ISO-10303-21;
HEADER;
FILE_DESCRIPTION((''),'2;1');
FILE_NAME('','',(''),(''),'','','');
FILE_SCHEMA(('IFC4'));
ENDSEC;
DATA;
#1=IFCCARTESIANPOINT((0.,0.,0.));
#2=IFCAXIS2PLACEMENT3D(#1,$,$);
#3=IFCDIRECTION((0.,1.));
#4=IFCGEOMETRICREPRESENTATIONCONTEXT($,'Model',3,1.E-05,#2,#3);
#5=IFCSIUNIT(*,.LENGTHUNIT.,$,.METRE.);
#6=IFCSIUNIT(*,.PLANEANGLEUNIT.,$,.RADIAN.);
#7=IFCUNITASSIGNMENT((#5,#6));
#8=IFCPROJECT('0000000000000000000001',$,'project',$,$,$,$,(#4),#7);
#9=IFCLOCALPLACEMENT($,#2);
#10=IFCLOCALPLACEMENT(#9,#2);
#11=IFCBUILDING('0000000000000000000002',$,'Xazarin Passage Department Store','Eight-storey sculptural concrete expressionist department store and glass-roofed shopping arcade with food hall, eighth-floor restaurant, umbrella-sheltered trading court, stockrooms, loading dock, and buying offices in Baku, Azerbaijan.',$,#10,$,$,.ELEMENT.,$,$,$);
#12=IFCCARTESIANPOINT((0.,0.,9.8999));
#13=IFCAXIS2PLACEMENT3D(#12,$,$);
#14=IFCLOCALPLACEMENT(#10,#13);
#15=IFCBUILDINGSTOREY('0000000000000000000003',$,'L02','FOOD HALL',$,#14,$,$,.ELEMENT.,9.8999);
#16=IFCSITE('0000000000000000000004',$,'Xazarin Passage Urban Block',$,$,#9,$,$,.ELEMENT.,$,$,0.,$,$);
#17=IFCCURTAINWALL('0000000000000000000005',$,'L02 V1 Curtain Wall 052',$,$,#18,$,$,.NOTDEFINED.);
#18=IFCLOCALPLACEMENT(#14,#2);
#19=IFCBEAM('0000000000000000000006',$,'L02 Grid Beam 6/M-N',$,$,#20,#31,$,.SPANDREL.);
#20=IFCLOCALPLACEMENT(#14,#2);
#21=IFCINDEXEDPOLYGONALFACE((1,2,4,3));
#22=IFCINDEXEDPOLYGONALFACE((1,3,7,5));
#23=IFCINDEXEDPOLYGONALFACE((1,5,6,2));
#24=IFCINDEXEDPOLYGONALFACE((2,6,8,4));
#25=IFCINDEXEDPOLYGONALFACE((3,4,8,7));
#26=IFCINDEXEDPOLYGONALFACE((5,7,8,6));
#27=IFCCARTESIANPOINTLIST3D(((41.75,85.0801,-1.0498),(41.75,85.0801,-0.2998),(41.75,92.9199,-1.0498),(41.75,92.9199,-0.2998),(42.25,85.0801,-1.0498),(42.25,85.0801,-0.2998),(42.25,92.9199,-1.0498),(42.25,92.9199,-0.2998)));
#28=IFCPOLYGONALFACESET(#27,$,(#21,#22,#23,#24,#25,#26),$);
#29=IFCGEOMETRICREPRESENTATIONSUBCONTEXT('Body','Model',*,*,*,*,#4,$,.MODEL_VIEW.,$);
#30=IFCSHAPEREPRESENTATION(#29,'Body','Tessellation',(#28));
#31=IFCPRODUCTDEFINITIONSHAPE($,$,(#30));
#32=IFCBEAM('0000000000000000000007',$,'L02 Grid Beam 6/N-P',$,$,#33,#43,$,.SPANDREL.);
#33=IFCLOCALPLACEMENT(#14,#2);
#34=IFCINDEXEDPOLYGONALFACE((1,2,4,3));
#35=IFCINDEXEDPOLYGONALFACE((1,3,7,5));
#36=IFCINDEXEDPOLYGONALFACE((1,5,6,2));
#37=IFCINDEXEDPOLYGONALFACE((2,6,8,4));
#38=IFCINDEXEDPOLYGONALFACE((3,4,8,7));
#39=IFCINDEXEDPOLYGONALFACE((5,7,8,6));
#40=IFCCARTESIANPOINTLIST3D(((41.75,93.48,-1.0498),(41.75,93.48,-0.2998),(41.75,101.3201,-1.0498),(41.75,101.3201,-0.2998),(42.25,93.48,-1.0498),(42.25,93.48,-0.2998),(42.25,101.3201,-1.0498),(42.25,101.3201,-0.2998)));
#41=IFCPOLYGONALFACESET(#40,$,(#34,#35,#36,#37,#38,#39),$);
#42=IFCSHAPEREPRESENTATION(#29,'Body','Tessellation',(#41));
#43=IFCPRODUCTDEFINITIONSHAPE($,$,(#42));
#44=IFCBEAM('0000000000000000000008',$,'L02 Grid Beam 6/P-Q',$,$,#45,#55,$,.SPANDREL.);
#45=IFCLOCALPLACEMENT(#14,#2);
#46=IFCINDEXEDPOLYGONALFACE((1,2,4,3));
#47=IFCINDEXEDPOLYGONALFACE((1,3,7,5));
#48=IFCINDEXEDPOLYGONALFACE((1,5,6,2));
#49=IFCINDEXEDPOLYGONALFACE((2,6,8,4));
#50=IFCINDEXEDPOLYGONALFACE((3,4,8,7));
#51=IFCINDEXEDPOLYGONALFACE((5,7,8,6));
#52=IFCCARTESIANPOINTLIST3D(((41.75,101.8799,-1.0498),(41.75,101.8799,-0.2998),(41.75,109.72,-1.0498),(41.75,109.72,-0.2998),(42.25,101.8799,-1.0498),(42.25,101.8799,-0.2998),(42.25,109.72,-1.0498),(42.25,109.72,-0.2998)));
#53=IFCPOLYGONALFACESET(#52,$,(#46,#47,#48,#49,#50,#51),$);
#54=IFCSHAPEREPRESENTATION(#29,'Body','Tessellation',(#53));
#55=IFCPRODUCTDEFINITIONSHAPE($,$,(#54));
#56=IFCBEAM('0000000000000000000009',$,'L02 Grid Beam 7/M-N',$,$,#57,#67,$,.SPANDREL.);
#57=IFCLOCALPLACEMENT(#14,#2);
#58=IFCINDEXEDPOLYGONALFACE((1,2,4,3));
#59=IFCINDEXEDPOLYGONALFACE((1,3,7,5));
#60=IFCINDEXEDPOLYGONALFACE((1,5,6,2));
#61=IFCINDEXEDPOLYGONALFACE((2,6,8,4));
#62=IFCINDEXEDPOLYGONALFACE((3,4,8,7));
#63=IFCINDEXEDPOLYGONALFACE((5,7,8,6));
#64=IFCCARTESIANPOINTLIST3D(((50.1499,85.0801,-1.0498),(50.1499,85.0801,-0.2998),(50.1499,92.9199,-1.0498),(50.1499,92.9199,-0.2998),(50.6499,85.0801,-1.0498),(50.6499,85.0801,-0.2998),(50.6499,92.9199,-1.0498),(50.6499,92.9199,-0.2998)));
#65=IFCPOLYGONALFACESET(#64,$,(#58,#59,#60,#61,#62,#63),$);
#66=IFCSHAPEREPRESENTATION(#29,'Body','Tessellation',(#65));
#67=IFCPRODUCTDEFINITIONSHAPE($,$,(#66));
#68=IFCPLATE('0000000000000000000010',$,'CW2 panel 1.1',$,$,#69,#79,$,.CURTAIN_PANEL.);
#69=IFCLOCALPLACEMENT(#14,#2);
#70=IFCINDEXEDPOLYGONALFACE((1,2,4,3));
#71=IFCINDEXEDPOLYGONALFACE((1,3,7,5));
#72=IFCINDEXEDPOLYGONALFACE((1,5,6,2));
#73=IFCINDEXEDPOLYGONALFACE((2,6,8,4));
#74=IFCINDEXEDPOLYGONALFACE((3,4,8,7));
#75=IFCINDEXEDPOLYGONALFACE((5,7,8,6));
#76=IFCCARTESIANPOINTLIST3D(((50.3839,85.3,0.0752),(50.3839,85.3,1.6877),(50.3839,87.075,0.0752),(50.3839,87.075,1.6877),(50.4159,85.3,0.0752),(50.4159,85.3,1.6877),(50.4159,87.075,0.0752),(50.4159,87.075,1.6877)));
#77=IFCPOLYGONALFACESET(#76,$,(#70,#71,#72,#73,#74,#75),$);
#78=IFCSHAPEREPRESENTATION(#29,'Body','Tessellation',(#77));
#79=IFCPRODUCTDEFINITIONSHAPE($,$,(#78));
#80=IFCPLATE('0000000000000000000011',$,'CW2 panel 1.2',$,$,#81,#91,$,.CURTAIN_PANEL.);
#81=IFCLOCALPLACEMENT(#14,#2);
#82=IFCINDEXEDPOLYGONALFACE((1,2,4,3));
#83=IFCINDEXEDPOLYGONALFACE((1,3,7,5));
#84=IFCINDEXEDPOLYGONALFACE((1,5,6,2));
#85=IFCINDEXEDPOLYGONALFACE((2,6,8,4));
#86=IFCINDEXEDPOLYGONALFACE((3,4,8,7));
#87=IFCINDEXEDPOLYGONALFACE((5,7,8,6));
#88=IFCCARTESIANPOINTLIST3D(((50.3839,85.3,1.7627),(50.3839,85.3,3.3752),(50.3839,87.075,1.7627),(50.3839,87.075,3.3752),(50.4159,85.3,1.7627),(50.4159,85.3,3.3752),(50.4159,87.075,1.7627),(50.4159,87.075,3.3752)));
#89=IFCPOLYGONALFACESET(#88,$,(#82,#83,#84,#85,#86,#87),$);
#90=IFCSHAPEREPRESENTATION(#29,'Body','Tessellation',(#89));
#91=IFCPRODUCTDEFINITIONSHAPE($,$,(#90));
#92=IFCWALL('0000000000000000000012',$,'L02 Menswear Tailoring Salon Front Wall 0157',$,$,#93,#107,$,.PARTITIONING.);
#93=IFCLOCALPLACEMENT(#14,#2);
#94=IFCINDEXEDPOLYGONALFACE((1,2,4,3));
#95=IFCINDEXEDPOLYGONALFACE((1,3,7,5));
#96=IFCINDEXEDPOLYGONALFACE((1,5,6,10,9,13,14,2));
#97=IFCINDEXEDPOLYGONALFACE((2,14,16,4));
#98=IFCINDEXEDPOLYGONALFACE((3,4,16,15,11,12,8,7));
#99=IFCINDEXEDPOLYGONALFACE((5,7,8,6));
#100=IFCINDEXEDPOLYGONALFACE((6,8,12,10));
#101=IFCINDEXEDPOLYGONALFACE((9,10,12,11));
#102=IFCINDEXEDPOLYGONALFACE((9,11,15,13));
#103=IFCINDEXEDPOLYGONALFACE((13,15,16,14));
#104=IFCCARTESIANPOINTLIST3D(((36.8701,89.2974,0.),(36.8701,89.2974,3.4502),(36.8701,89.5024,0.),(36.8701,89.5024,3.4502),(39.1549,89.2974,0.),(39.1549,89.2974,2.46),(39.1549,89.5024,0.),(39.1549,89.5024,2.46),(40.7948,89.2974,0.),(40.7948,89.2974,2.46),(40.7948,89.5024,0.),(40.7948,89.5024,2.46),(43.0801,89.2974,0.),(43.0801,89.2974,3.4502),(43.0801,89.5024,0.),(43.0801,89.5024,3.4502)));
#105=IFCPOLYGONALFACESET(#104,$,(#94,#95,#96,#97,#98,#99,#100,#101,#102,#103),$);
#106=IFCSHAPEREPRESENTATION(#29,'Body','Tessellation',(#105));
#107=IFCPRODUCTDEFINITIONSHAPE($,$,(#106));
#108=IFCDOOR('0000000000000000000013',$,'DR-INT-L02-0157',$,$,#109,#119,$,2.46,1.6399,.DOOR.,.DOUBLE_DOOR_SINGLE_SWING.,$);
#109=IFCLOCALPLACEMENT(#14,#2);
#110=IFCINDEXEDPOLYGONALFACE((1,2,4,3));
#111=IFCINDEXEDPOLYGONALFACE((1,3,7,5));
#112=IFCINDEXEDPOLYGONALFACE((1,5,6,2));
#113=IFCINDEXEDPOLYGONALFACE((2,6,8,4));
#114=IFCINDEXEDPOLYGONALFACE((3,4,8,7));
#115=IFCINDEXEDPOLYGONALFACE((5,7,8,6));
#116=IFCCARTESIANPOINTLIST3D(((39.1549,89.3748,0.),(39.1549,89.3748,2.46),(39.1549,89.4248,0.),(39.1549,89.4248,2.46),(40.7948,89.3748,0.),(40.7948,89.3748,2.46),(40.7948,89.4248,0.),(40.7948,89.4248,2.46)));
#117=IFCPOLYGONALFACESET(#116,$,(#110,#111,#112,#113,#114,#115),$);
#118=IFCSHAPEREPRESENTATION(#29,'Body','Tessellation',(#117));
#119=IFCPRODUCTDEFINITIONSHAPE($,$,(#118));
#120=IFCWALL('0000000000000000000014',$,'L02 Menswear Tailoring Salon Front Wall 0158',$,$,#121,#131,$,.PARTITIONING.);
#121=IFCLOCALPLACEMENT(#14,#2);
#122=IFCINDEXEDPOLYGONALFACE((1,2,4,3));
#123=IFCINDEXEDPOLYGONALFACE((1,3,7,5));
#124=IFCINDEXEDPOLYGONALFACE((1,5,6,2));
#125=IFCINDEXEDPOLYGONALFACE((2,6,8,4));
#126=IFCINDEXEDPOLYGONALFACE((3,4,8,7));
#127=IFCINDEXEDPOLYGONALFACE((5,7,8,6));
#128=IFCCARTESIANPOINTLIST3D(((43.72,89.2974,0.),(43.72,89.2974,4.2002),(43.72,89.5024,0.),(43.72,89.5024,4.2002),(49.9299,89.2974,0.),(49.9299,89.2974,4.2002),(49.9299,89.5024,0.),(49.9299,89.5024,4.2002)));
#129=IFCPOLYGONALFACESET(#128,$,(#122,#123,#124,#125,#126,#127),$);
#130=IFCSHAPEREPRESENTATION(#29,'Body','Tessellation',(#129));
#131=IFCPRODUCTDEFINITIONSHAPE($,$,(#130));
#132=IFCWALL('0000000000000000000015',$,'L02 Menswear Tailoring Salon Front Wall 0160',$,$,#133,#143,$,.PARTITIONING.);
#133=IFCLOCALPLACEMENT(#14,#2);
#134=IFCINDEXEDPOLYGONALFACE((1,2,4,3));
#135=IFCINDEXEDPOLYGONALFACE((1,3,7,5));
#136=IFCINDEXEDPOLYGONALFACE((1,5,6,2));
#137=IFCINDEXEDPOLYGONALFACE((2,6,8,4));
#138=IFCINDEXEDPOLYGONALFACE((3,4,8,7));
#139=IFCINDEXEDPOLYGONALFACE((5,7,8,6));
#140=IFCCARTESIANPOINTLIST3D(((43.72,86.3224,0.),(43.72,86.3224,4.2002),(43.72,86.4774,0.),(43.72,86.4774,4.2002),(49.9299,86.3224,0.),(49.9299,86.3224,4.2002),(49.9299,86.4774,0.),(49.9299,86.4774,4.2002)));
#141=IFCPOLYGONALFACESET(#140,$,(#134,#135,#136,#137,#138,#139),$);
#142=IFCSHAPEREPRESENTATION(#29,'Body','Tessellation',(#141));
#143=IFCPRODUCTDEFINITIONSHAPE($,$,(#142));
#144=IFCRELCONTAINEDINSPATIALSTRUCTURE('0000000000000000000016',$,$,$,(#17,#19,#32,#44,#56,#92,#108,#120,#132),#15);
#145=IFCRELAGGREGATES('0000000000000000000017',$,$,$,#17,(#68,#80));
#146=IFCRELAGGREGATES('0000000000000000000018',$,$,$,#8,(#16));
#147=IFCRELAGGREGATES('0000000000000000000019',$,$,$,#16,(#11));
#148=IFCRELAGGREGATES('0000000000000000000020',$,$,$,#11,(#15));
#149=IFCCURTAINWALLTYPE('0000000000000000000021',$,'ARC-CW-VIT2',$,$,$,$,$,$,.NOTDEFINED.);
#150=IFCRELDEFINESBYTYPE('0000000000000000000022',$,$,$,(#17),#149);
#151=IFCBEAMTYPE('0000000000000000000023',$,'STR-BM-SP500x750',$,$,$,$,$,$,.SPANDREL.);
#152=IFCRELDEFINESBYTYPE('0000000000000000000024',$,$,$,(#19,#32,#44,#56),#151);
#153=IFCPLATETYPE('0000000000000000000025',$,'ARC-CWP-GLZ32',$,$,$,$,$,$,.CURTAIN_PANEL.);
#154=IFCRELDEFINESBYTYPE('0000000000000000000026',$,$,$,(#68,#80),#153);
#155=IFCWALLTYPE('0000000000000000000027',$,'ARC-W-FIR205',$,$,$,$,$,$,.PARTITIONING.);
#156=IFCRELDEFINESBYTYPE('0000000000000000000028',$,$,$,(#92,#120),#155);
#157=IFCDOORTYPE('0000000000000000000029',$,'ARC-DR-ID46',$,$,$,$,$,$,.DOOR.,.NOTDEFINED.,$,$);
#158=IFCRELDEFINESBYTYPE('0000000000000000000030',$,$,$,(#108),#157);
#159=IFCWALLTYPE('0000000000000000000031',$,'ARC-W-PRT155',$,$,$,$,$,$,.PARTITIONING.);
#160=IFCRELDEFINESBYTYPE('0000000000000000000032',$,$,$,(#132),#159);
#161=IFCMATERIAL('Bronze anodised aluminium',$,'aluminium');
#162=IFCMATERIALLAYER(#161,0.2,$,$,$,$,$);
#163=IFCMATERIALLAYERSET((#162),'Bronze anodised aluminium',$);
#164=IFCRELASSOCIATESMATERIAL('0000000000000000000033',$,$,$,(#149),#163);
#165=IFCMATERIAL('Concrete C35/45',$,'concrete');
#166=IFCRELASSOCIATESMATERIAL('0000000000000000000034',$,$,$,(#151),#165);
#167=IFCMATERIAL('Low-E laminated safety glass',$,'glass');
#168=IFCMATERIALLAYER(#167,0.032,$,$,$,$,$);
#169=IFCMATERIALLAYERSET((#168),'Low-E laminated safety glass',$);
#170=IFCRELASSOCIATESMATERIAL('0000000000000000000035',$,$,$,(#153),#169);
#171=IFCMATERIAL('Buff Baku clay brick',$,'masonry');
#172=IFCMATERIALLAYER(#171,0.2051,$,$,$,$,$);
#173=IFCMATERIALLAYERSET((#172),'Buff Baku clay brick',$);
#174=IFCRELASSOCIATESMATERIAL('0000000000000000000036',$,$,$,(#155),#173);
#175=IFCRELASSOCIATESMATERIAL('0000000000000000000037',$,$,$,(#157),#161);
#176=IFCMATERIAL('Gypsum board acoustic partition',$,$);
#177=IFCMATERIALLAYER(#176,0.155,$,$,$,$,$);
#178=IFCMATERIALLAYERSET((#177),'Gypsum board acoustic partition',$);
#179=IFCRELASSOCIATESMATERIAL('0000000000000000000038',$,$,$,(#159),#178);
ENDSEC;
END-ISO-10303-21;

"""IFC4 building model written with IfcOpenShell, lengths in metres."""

from ifc_helpers import new_model, si_unit, direction, frame, frame_2d, origin, origin_2d, place, context, subcontext, project, spatial, rectangle, extrude, material, layer, layer_set, material_profile, profile_set, type_object, element, fill, aggregate, save


model = new_model("IFC4")

# Units and contexts
model_context = context("Model", 3, precision=1e-05, world=origin(), true_north=direction((0.0, 1.0)))
body_context = subcontext(model_context, "Body", "Model", "MODEL_VIEW")
ifc_project = project(units=[si_unit("LENGTHUNIT", "METRE"), si_unit("PLANEANGLEUNIT", "RADIAN")], contexts=[model_context])

# Site, building, storey
site_placement = place(None, origin())
site = spatial("IfcSite", under=ifc_project, at=site_placement, Name="Xazarin Passage Urban Block", CompositionType="ELEMENT", RefElevation=0.0)
building_placement = place(site_placement, origin())
building = spatial("IfcBuilding", under=site, at=building_placement, Name="Xazarin Passage Department Store", Description="Eight-storey sculptural concrete expressionist department store and glass-roofed shopping arcade with food hall, eighth-floor restaurant, umbrella-sheltered trading court, stockrooms, loading dock, and buying offices in Baku, Azerbaijan.", CompositionType="ELEMENT")
storey_placement = place(building_placement, frame((0.0, 0.0, 9.8999)))
storey = spatial("IfcBuildingStorey", under=building, at=storey_placement, Name="L02", Description="FOOD HALL", CompositionType="ELEMENT", Elevation=9.8999)

# Curtain wall
ifc_material_1 = material(Name="Bronze anodised aluminium", Category="aluminium")
ifc_layer_1 = layer(ifc_material_1, 0.2)
ifc_layer_set_1 = layer_set([ifc_layer_1], Name="Bronze anodised aluminium")
curtain_wall_type = type_object("IfcCurtainWallType", Name="ARC-CW-VIT2", PredefinedType="NOTDEFINED", material=ifc_layer_set_1)
curtain_wall_placement = place(storey_placement, origin())
curtain_wall = element("IfcCurtainWall", 1, at=curtain_wall_placement, inside=storey, type_object=curtain_wall_type, Name="L02 V1 Curtain Wall 052", PredefinedType="NOTDEFINED")

# Beams
ifc_material_2 = material(Name="Concrete C35/45", Category="concrete")
ifc_material_profile_1 = material_profile(ifc_material_2, rectangle(XDim=0.5, YDim=0.75, at=origin_2d()), Name="RC 500x750")
ifc_profile_set_1 = profile_set([ifc_material_profile_1], Name="Concrete C35/45")
beam_type_1 = type_object("IfcBeamType", Name="STR-BM-SP500x750", PredefinedType="SPANDREL", material=ifc_profile_set_1)
beam_1_placement = place(storey_placement, frame((42.0, 85.0801, -0.6748), z_axis=(0.0, 1.0, 0.0), x_axis=(-1.0, 0.0, 0.0)))
element("IfcBeam", 2, at=beam_1_placement, inside=storey, type_object=beam_type_1, Name="L02 Grid Beam 6/M-N", PredefinedType="SPANDREL", context=body_context, shape_type="SweptSolid", body=[
    extrude(rectangle(XDim=0.5, YDim=0.75, at=origin_2d()), origin(), (0.0, 0.0, 1.0), 7.8398),
])
for number, where, z_axis, x_axis, name in (
    (3, (42.0, 93.48, -0.6748), (0.0, 1.0, 0.0), (-1.0, 0.0, 0.0), "L02 Grid Beam 6/N-P"),
    (4, (42.0, 101.8799, -0.6748), (0.0, 1.0, 0.0), (-1.0, 0.0, 0.0), "L02 Grid Beam 6/P-Q"),
):
    element("IfcBeam", number, at=place(storey_placement, frame(where, z_axis=z_axis, x_axis=x_axis)), inside=storey, type_object=beam_type_1, Name=name, PredefinedType="SPANDREL", context=body_context, shape_type="SweptSolid", body=[
        extrude(rectangle(XDim=0.5, YDim=0.75, at=origin_2d()), origin(), (0.0, 0.0, 1.0), 7.8401),
    ])
beam_2_placement = place(storey_placement, frame((50.3999, 85.0801, -0.6748), z_axis=(0.0, 1.0, 0.0), x_axis=(-1.0, 0.0, 0.0)))
element("IfcBeam", 5, at=beam_2_placement, inside=storey, type_object=beam_type_1, Name="L02 Grid Beam 7/M-N", PredefinedType="SPANDREL", context=body_context, shape_type="SweptSolid", body=[
    extrude(rectangle(XDim=0.5, YDim=0.75, at=origin_2d()), origin(), (0.0, 0.0, 1.0), 7.8398),
])

# Plates
ifc_material_3 = material(Name="Low-E laminated safety glass", Category="glass")
ifc_layer_2 = layer(ifc_material_3, 0.032)
ifc_layer_set_2 = layer_set([ifc_layer_2], Name="Low-E laminated safety glass")
plate_type = type_object("IfcPlateType", Name="ARC-CWP-GLZ32", PredefinedType="CURTAIN_PANEL", material=ifc_layer_set_2)
plate_1_placement = place(storey_placement, frame((50.3999, 86.1875, 0.0752), z_axis=(0.0, 0.0, 1.0), x_axis=(0.0, 1.0, 0.0)))
plate_1 = element("IfcPlate", 6, at=plate_1_placement, type_object=plate_type, Name="CW2 panel 1.1", PredefinedType="CURTAIN_PANEL", context=body_context, shape_type="SweptSolid", body=[
    extrude(rectangle(XDim=1.7749, YDim=0.032, at=origin_2d()), origin(), (0.0, 0.0, 1.0), 1.6125),
])
plate_2_placement = place(storey_placement, frame((50.3999, 86.1875, 1.7627), z_axis=(0.0, 0.0, 1.0), x_axis=(0.0, 1.0, 0.0)))
plate_2 = element("IfcPlate", 7, at=plate_2_placement, type_object=plate_type, Name="CW2 panel 1.2", PredefinedType="CURTAIN_PANEL", context=body_context, shape_type="SweptSolid", body=[
    extrude(rectangle(XDim=1.7749, YDim=0.032, at=origin_2d()), origin(), (0.0, 0.0, 1.0), 1.6125),
])
aggregate(curtain_wall, [plate_1, plate_2])

# Wall, opening, door
ifc_material_4 = material(Name="Buff Baku clay brick", Category="masonry")
ifc_layer_3 = layer(ifc_material_4, 0.2051)
ifc_layer_set_3 = layer_set([ifc_layer_3], Name="Buff Baku clay brick")
wall_type_1 = type_object("IfcWallType", Name="ARC-W-FIR205", PredefinedType="PARTITIONING", material=ifc_layer_set_3)
wall_1_placement = place(storey_placement, frame((36.8701, 89.3999, 0.0), z_axis=(0.0, 0.0, 1.0), x_axis=(1.0, 0.0, 0.0)))
wall_1 = element("IfcWall", 8, at=wall_1_placement, inside=storey, type_object=wall_type_1, Name="L02 Menswear Tailoring Salon Front Wall 0157", PredefinedType="PARTITIONING", context=body_context, shape_type="SweptSolid", body=[
    extrude(rectangle(XDim=6.21, YDim=0.2051, at=frame_2d((3.105, 0.0))), origin(), (0.0, 0.0, 1.0), 3.4502),
])
opening_placement = place(wall_1_placement, frame((2.2849, 0.0, 0.0)))
opening = element("IfcOpeningElement", 9, at=opening_placement, cuts=wall_1, PredefinedType="OPENING", context=body_context, shape_type="SweptSolid", body=[
    extrude(rectangle(XDim=1.6399, YDim=2.46, at=frame_2d((0.8198, 1.23))), frame((0.0, 0.1125, 0.0), z_axis=(0.0, -1.0, 0.0), x_axis=(1.0, 0.0, 0.0)), (0.0, 0.0, 1.0), 0.2251),
])
door_type = type_object("IfcDoorType", Name="ARC-DR-ID46", OperationType="NOTDEFINED", PredefinedType="DOOR", material=ifc_material_1)
door_placement = place(opening_placement, origin())
door = element("IfcDoor", 10, at=door_placement, inside=storey, type_object=door_type, Name="DR-INT-L02-0157", OperationType="DOUBLE_DOOR_SINGLE_SWING", OverallHeight=2.46, OverallWidth=1.6399, PredefinedType="DOOR", context=body_context, shape_type="SweptSolid", body=[
    extrude(rectangle(XDim=1.6399, YDim=2.46, at=frame_2d((0.8198, 1.23))), frame((0.0, 0.0249, 0.0), z_axis=(0.0, -1.0, 0.0), x_axis=(1.0, 0.0, 0.0)), (0.0, 0.0, 1.0), 0.05),
])
fill(opening, door)

# Walls
wall_2_placement = place(storey_placement, frame((43.72, 89.3999, 0.0), z_axis=(0.0, 0.0, 1.0), x_axis=(1.0, 0.0, 0.0)))
element("IfcWall", 11, at=wall_2_placement, inside=storey, type_object=wall_type_1, Name="L02 Menswear Tailoring Salon Front Wall 0158", PredefinedType="PARTITIONING", context=body_context, shape_type="SweptSolid", body=[
    extrude(rectangle(XDim=6.21, YDim=0.2051, at=frame_2d((3.105, 0.0))), origin(), (0.0, 0.0, 1.0), 4.2002),
])
ifc_material_5 = material(Name="Gypsum board acoustic partition")
ifc_layer_4 = layer(ifc_material_5, 0.155)
ifc_layer_set_4 = layer_set([ifc_layer_4], Name="Gypsum board acoustic partition")
wall_type_2 = type_object("IfcWallType", Name="ARC-W-PRT155", PredefinedType="PARTITIONING", material=ifc_layer_set_4)
wall_3_placement = place(storey_placement, frame((43.72, 86.3999, 0.0), z_axis=(0.0, 0.0, 1.0), x_axis=(1.0, 0.0, 0.0)))
element("IfcWall", 12, at=wall_3_placement, inside=storey, type_object=wall_type_2, Name="L02 Menswear Tailoring Salon Front Wall 0160", PredefinedType="PARTITIONING", context=body_context, shape_type="SweptSolid", body=[
    extrude(rectangle(XDim=6.21, YDim=0.155, at=frame_2d((3.105, 0.0))), origin(), (0.0, 0.0, 1.0), 4.2002),
])

save(model, "model.ifc")
